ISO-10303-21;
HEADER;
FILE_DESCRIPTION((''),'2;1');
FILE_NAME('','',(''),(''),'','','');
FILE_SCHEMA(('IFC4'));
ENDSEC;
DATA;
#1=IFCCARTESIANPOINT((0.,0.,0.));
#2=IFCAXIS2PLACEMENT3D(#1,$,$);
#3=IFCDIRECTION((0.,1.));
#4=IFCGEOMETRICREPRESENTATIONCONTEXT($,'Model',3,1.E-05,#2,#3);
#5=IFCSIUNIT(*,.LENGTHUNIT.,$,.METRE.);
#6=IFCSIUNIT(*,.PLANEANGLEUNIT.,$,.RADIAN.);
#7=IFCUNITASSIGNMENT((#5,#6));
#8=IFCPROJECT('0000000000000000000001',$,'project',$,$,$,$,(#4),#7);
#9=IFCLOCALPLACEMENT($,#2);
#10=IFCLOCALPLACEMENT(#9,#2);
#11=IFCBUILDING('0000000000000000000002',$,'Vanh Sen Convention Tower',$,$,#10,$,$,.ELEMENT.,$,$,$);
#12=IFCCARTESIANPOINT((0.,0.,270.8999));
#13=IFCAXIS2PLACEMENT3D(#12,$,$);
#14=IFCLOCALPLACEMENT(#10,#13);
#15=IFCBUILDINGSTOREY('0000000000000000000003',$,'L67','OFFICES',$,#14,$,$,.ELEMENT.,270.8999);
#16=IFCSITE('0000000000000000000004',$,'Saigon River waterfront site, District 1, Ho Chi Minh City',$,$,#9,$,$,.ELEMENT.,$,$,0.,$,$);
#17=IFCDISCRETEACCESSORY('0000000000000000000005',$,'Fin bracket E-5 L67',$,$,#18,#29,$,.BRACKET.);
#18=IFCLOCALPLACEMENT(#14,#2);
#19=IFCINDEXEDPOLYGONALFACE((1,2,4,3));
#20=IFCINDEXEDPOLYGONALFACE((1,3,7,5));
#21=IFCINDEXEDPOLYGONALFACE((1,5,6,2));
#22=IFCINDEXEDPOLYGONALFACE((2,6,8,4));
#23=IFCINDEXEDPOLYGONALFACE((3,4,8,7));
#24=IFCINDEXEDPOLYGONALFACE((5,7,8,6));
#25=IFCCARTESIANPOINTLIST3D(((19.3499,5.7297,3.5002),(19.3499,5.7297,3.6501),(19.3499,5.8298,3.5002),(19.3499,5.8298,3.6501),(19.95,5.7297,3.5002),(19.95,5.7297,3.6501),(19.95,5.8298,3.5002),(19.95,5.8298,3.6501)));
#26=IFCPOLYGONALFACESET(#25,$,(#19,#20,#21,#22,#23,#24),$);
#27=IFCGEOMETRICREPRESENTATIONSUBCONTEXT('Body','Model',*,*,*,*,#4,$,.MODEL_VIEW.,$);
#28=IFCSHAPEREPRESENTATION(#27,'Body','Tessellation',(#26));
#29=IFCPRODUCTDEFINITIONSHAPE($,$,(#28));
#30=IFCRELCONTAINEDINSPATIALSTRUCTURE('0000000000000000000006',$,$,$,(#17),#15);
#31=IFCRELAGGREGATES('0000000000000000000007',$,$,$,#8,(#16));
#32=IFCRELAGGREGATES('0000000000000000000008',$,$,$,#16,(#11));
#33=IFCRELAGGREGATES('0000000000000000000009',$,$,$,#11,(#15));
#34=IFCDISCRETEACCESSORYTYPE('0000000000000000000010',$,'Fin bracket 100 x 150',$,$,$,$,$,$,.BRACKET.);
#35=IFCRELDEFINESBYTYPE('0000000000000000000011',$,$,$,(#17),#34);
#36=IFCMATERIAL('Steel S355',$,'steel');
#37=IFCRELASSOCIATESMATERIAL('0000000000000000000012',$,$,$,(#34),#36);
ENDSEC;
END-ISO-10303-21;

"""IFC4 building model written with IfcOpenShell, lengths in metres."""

from ifc_helpers import new_model, si_unit, direction, frame, origin, origin_2d, place, context, subcontext, project, spatial, rectangle, extrude, material, type_object, element, save


model = new_model("IFC4")

# Units and contexts
model_context = context("Model", 3, precision=1e-05, world=origin(), true_north=direction((0.0, 1.0)))
body_context = subcontext(model_context, "Body", "Model", "MODEL_VIEW")
ifc_project = project(units=[si_unit("LENGTHUNIT", "METRE"), si_unit("PLANEANGLEUNIT", "RADIAN")], contexts=[model_context])

# Site, building, storey
site_placement = place(None, origin())
site = spatial("IfcSite", under=ifc_project, at=site_placement, Name="Saigon River waterfront site, District 1, Ho Chi Minh City", CompositionType="ELEMENT", RefElevation=0.0)
building_placement = place(site_placement, origin())
building = spatial("IfcBuilding", under=site, at=building_placement, Name="Vanh Sen Convention Tower", CompositionType="ELEMENT")
storey_placement = place(building_placement, frame((0.0, 0.0, 270.8999)))
storey = spatial("IfcBuildingStorey", under=building, at=storey_placement, Name="L67", Description="OFFICES", CompositionType="ELEMENT", Elevation=270.8999)

# Discrete accessory
ifc_material_1 = material(Name="Steel S355", Category="steel")
discrete_accessory_type = type_object("IfcDiscreteAccessoryType", Name="Fin bracket 100 x 150", PredefinedType="BRACKET", material=ifc_material_1)
discrete_accessory_placement = place(storey_placement, frame((19.6499, 5.7798, 3.5002), z_axis=(0.0, 0.0, 1.0), x_axis=(1.0, 0.0, 0.0)))
element("IfcDiscreteAccessory", 1, at=discrete_accessory_placement, inside=storey, type_object=discrete_accessory_type, Name="Fin bracket E-5 L67", PredefinedType="BRACKET", context=body_context, shape_type="SweptSolid", body=[
    extrude(rectangle(XDim=0.6001, YDim=0.1001, at=origin_2d()), origin(), (0.0, 0.0, 1.0), 0.1499),
])

save(model, "model.ifc")
